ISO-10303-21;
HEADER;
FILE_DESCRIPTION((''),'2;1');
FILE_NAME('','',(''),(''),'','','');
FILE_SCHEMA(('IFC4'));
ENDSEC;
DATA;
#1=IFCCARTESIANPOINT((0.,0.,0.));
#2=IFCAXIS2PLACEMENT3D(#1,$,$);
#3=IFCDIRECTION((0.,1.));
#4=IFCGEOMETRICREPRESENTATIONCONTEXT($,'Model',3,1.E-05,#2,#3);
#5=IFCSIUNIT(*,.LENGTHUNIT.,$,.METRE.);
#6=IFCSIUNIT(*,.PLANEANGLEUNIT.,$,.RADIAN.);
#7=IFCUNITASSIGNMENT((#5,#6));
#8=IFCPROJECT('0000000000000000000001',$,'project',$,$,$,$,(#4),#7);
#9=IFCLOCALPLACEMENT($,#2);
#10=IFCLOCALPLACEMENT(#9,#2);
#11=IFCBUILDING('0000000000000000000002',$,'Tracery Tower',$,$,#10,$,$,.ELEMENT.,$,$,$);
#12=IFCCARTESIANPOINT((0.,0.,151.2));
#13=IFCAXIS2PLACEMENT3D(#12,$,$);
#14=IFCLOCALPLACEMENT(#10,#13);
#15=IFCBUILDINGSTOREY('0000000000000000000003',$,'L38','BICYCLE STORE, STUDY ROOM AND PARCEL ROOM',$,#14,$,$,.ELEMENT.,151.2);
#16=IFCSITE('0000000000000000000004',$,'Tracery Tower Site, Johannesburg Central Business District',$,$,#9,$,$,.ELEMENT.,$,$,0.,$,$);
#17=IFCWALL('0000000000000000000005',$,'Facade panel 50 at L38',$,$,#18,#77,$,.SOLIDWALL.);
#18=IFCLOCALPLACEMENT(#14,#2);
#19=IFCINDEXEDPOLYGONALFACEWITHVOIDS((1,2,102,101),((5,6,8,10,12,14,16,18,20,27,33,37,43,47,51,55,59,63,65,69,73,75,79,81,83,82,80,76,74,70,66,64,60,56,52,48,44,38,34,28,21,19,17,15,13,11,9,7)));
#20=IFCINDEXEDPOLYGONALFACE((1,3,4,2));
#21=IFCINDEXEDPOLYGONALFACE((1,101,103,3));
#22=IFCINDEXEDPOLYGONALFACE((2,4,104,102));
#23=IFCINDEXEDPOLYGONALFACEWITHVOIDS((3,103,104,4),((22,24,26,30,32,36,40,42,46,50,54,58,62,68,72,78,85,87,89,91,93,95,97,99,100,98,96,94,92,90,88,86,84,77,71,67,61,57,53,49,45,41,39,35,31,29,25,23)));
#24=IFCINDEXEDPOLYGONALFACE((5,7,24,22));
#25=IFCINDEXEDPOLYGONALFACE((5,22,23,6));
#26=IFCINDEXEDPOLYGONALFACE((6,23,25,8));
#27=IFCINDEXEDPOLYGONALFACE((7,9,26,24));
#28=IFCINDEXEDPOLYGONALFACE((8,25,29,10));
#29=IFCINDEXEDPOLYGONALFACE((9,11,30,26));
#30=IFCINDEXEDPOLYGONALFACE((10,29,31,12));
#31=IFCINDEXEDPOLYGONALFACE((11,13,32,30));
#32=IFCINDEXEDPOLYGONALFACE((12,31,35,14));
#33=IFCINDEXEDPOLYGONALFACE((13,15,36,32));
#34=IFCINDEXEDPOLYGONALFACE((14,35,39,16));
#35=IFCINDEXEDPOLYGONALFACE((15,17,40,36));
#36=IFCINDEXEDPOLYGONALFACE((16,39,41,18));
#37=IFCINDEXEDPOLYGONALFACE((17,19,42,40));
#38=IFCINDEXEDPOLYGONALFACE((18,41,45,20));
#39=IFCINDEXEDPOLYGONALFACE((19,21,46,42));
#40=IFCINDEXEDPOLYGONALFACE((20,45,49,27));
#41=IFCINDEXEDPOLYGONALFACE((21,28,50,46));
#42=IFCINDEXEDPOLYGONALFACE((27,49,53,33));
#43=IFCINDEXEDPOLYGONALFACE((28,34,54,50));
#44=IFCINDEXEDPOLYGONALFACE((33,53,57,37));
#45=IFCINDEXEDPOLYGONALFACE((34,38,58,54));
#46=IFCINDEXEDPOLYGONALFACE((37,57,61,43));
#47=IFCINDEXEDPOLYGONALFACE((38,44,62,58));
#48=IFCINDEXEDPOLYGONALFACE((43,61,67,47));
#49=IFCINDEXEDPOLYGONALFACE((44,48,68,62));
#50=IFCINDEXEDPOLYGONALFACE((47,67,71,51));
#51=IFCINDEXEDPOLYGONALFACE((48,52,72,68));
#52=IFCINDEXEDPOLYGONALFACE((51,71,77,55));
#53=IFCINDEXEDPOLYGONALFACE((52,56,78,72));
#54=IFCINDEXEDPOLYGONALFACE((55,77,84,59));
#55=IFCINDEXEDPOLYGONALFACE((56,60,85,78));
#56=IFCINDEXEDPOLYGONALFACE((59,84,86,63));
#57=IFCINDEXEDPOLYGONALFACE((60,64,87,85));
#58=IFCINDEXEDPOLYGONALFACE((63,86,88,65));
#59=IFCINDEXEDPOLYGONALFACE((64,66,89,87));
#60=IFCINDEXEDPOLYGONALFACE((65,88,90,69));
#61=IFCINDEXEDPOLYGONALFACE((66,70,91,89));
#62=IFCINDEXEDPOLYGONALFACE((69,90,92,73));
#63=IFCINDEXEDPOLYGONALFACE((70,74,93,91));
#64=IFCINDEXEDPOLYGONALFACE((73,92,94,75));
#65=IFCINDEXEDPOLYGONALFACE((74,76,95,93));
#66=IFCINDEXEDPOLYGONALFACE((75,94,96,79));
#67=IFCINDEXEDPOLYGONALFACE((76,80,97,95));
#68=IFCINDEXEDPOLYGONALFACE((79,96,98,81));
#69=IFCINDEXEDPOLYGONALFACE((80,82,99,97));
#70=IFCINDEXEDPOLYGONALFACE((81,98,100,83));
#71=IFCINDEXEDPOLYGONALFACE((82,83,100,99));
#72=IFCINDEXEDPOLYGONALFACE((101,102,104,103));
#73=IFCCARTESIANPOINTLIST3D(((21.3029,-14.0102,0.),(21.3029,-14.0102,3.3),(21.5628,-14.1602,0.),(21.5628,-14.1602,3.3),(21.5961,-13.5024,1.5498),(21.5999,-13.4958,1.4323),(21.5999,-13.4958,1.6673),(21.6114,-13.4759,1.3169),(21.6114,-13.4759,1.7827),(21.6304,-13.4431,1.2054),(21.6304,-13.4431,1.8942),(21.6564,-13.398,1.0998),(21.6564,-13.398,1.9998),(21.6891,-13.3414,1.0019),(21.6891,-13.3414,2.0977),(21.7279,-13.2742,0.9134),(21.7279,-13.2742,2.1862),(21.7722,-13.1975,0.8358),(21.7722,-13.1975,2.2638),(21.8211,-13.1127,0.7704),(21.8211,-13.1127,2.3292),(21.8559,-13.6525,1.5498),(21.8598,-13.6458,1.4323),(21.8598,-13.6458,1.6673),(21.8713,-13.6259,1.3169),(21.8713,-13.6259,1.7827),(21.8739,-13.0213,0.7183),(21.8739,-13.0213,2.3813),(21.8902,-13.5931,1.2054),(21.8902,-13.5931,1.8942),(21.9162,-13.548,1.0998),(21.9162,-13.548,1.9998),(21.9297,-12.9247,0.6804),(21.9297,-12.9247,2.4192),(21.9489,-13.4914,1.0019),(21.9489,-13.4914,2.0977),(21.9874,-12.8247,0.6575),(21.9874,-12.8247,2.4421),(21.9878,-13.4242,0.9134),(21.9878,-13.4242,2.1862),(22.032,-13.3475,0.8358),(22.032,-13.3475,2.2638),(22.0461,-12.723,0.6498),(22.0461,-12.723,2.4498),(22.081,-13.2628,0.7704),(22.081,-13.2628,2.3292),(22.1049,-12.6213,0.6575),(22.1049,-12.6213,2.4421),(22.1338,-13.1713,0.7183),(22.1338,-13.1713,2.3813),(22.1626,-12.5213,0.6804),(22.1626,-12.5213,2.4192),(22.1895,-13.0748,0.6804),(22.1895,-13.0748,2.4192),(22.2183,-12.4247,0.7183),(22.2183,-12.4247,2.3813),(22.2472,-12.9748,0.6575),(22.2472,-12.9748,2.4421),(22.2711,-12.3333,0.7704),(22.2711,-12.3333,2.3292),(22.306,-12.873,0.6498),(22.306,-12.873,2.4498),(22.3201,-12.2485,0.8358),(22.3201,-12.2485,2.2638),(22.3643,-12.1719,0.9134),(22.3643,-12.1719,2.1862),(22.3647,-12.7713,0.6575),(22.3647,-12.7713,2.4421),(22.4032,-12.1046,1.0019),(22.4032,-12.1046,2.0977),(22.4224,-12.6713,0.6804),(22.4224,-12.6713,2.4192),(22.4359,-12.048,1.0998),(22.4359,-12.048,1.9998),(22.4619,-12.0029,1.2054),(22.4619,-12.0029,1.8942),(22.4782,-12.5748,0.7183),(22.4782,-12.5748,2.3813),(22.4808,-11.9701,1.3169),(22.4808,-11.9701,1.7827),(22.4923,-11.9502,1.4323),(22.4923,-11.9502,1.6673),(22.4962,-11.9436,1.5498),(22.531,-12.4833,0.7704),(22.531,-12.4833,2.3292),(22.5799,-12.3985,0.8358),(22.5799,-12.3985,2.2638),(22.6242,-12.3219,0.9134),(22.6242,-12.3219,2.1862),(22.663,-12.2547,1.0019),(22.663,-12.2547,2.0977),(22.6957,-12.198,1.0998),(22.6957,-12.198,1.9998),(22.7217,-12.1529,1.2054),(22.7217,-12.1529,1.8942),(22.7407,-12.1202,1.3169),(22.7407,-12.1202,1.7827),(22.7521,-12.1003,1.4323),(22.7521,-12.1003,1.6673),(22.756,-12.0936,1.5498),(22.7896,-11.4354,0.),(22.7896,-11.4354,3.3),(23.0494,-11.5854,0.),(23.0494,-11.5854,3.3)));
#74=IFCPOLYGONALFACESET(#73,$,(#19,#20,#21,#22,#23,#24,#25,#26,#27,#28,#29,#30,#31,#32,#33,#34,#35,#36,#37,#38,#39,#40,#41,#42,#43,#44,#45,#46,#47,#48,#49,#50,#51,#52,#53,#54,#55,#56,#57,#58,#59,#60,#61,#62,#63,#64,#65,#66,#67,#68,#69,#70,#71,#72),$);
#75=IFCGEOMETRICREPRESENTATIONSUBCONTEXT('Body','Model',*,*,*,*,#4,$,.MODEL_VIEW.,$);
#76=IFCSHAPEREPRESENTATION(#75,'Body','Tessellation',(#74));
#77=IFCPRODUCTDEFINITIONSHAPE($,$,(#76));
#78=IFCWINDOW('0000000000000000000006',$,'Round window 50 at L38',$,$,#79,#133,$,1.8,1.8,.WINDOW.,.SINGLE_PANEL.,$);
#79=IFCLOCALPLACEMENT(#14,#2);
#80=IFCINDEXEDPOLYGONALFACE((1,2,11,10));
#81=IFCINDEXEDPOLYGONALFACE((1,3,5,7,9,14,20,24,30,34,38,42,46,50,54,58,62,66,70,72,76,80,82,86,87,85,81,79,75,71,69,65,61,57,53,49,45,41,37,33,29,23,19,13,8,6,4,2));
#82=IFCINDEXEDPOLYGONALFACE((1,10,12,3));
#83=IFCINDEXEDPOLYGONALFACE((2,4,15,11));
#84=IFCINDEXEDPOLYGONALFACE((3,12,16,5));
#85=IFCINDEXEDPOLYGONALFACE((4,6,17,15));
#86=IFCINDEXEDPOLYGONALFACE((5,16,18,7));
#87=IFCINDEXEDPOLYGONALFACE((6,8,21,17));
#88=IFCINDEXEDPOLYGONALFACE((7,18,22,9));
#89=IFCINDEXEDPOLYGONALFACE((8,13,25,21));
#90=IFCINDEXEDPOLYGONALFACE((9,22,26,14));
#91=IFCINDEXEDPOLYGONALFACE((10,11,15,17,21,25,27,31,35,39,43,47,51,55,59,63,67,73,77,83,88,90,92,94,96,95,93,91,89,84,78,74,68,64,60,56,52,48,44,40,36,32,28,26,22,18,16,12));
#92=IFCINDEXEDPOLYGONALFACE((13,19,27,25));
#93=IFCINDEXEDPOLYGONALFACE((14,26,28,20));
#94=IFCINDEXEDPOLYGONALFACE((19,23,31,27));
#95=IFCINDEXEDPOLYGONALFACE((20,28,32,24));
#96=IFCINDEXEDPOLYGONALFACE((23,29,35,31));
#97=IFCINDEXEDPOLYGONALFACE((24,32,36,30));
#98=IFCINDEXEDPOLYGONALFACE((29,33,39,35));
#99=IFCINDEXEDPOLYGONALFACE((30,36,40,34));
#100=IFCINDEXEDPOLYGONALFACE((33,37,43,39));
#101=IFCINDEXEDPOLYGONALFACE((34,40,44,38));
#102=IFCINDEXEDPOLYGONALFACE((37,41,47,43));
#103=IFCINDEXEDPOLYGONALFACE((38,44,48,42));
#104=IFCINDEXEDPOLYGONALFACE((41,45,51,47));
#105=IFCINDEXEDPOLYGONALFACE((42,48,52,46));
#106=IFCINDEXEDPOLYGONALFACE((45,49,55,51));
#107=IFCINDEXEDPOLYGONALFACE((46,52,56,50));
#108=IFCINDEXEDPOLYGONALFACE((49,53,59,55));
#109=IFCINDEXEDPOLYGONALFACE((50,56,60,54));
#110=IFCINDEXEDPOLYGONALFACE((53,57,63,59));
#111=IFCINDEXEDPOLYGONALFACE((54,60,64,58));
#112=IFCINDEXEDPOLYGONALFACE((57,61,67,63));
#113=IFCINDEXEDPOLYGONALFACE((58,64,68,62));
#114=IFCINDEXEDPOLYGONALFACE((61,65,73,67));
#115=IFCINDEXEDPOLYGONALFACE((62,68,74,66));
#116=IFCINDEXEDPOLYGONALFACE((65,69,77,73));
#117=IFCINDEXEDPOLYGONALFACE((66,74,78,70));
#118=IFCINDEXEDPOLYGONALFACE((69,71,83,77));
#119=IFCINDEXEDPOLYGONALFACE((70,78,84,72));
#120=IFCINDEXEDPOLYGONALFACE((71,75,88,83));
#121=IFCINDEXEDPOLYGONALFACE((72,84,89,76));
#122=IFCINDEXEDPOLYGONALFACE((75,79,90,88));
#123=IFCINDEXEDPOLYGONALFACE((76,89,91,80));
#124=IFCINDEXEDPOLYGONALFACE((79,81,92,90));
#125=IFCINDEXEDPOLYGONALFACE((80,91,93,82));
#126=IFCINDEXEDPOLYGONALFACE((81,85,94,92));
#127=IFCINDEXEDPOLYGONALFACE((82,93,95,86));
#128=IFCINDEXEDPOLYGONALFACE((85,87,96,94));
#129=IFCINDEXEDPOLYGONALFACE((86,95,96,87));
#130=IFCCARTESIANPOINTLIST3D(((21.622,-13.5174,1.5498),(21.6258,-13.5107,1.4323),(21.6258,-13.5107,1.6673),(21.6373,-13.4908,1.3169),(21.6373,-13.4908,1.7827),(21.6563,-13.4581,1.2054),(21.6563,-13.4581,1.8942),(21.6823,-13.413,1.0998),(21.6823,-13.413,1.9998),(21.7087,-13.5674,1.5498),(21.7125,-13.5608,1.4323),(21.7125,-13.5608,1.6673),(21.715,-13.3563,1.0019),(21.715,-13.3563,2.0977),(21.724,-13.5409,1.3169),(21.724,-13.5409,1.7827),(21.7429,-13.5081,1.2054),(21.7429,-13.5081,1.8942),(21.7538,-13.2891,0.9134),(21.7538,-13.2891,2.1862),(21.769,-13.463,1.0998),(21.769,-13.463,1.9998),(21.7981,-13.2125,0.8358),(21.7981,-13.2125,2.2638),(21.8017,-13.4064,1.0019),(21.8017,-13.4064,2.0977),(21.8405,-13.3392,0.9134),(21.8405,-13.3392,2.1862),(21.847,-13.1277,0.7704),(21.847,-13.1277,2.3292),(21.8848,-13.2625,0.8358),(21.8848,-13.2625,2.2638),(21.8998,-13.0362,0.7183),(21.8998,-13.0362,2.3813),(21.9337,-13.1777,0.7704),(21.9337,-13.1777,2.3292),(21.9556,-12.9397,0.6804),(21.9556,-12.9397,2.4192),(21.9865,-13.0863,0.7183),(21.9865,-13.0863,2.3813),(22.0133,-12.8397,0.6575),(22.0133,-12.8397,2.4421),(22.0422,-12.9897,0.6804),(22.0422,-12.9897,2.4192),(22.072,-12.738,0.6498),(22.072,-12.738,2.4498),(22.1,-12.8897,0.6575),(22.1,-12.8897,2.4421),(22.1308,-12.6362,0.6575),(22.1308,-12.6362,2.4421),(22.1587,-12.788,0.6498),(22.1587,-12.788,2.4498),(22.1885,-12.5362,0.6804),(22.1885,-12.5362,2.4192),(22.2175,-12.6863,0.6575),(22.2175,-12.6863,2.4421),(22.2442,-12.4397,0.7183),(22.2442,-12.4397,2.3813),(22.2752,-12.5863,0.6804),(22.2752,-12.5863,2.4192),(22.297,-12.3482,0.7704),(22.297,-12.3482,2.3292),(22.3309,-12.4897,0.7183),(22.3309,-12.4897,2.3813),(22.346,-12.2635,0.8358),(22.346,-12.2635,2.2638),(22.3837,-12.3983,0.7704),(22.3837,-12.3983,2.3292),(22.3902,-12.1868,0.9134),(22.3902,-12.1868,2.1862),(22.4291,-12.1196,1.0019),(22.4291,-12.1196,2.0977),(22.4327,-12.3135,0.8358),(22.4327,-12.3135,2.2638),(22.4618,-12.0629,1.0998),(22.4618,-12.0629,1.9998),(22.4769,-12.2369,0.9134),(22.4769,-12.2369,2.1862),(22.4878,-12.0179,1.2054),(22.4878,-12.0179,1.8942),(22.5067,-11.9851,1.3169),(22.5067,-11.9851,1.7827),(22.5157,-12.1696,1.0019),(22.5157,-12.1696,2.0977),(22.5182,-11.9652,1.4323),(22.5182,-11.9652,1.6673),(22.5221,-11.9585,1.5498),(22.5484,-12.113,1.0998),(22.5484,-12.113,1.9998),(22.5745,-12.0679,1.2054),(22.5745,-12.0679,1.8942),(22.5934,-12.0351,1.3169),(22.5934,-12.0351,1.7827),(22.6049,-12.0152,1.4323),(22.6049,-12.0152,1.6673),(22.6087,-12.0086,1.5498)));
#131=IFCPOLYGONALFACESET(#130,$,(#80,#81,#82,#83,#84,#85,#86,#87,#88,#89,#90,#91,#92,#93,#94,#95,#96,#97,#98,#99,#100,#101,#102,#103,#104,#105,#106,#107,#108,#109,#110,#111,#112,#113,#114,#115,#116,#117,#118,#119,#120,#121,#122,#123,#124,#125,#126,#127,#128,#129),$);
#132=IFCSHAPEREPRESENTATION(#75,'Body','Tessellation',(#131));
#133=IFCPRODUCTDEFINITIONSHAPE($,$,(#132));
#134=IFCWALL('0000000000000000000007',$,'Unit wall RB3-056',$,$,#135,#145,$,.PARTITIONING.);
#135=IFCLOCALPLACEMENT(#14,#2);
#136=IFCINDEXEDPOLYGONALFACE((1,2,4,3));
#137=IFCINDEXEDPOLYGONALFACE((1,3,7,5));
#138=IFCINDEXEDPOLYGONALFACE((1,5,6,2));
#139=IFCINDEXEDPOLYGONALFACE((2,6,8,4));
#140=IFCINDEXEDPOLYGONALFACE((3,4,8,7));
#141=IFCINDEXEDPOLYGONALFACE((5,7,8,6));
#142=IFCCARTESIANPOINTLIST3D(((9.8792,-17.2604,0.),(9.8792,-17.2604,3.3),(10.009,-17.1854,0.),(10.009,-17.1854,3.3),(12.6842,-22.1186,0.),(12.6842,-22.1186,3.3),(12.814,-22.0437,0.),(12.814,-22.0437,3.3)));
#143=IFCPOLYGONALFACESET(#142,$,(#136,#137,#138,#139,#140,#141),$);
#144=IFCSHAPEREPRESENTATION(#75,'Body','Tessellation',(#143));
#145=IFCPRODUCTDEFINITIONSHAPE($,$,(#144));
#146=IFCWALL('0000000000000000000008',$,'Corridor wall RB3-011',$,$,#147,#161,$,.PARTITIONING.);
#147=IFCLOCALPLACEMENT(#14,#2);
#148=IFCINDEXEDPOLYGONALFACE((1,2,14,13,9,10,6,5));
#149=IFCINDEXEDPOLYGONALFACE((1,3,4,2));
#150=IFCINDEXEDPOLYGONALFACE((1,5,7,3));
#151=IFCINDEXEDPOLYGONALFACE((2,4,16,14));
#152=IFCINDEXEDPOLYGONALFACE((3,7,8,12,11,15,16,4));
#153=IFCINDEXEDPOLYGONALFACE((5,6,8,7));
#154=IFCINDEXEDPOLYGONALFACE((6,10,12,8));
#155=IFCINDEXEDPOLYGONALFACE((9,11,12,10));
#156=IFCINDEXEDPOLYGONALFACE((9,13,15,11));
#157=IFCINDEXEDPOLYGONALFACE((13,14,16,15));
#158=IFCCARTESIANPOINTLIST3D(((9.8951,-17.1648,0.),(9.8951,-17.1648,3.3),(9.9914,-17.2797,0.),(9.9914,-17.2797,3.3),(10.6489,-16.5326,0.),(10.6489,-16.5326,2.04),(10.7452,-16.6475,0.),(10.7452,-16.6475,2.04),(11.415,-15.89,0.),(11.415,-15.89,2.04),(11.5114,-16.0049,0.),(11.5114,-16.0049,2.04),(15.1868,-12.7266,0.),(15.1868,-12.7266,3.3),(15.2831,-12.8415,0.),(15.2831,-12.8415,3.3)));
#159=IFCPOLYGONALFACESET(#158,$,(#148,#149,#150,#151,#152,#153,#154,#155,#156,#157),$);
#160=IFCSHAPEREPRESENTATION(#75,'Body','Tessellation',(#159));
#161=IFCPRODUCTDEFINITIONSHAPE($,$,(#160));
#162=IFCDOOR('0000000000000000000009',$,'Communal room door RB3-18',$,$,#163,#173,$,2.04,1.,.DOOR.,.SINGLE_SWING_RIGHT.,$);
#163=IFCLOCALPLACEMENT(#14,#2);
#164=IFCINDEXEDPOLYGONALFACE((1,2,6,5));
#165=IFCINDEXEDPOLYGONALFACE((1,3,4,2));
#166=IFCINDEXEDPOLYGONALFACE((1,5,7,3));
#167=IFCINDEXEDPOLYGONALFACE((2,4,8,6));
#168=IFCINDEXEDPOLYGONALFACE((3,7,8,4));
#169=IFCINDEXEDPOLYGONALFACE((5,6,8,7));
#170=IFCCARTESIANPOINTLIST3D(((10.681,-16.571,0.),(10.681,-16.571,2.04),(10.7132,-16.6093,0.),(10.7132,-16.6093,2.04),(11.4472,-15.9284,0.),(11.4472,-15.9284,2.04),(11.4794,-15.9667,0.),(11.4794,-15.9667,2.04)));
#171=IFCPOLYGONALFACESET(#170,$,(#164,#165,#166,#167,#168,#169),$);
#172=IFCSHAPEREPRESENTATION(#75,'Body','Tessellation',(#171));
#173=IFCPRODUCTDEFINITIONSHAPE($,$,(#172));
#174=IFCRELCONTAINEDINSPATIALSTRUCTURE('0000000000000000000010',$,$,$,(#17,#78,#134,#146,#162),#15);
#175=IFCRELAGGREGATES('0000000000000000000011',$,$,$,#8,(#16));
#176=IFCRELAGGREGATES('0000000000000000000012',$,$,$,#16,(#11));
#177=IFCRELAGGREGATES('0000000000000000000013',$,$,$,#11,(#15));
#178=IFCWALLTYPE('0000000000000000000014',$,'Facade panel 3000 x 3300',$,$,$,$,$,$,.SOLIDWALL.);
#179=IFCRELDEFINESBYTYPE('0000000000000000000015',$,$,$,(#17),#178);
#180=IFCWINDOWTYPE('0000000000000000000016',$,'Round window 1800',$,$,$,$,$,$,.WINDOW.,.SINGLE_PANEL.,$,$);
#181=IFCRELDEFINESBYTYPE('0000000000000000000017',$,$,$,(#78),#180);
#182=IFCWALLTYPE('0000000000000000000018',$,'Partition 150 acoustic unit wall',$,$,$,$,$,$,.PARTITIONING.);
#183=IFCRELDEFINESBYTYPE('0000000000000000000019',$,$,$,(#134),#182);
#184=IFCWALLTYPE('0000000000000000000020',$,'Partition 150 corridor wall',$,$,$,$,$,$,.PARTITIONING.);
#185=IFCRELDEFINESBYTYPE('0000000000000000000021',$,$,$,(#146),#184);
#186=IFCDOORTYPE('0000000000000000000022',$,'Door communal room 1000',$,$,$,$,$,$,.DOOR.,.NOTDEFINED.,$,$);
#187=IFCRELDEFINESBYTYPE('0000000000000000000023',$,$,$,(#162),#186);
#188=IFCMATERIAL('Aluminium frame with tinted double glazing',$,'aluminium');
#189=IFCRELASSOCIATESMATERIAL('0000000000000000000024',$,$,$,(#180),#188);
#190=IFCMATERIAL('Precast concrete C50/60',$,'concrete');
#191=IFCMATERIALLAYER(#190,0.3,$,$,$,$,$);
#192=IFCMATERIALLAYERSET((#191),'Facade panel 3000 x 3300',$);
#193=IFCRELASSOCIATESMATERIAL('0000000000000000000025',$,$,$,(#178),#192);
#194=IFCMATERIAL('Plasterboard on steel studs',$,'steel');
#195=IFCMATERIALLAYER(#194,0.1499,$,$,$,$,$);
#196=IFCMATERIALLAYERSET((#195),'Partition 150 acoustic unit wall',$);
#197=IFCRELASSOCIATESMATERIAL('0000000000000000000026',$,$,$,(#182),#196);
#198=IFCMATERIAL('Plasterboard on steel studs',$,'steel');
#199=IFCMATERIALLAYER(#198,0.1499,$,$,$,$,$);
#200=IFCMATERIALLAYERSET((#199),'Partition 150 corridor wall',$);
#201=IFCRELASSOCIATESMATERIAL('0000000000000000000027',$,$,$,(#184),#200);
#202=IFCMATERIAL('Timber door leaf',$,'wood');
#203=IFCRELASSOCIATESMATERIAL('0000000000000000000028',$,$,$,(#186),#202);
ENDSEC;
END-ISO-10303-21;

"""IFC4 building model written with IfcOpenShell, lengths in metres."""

from ifc_helpers import new_model, si_unit, direction, frame, frame_2d, origin, origin_2d, place, context, subcontext, project, spatial, rectangle, circle, extrude, material, layer, layer_set, type_object, element, fill, save


model = new_model("IFC4")

# Units and contexts
model_context = context("Model", 3, precision=1e-05, world=origin(), true_north=direction((0.0, 1.0)))
body_context = subcontext(model_context, "Body", "Model", "MODEL_VIEW")
ifc_project = project(units=[si_unit("LENGTHUNIT", "METRE"), si_unit("PLANEANGLEUNIT", "RADIAN")], contexts=[model_context])

# Site, building, storey
site_placement = place(None, origin())
site = spatial("IfcSite", under=ifc_project, at=site_placement, Name="Tracery Tower Site, Johannesburg Central Business District", CompositionType="ELEMENT", RefElevation=0.0)
building_placement = place(site_placement, origin())
building = spatial("IfcBuilding", under=site, at=building_placement, Name="Tracery Tower", CompositionType="ELEMENT")
storey_placement = place(building_placement, frame((0.0, 0.0, 151.2)))
storey = spatial("IfcBuildingStorey", under=building, at=storey_placement, Name="L38", Description="BICYCLE STORE, STUDY ROOM AND PARCEL ROOM", CompositionType="ELEMENT", Elevation=151.2)

# Wall, opening, window
ifc_material_1 = material(Name="Aluminium frame with tinted double glazing", Category="aluminium")
window_type = type_object("IfcWindowType", Name="Round window 1800", PartitioningType="SINGLE_PANEL", PredefinedType="WINDOW", material=ifc_material_1)
ifc_material_2 = material(Name="Precast concrete C50/60", Category="concrete")
ifc_layer_1 = layer(ifc_material_2, 0.3)
ifc_layer_set_1 = layer_set([ifc_layer_1], Name="Facade panel 3000 x 3300")
wall_type_1 = type_object("IfcWallType", Name="Facade panel 3000 x 3300", PredefinedType="SOLIDWALL", material=ifc_layer_set_1)
wall_1_placement = place(storey_placement, frame((21.4329, -14.0852, 0.0), z_axis=(0.0, 0.0, 1.0), x_axis=(0.500016, 0.866016, 0.0)))
wall_1 = element("IfcWall", 1, at=wall_1_placement, inside=storey, type_object=wall_type_1, Name="Facade panel 50 at L38", PredefinedType="SOLIDWALL", context=body_context, shape_type="SweptSolid", body=[
    extrude(rectangle(XDim=2.9731, YDim=0.3, at=frame_2d((1.4866, 0.0))), origin(), (0.0, 0.0, 1.0), 3.3),
])
opening_1_placement = place(wall_1_placement, frame((1.4863, 0.0, 1.5498)))
opening_1 = element("IfcOpeningElement", 2, at=opening_1_placement, cuts=wall_1, PredefinedType="OPENING", context=body_context, shape_type="SweptSolid", body=[
    extrude(circle(Radius=0.9, at=origin_2d()), frame((0.0, 0.1599, 0.0), z_axis=(0.0, -1.0, 0.0), x_axis=(1.0, 0.0, 0.0)), (0.0, 0.0, 1.0), 0.3201),
])
window_1_placement = place(opening_1_placement, origin())
window_1 = element("IfcWindow", 3, at=window_1_placement, inside=storey, type_object=window_type, Name="Round window 50 at L38", OverallHeight=1.8, OverallWidth=1.8, PartitioningType="SINGLE_PANEL", PredefinedType="WINDOW", context=body_context, shape_type="SweptSolid", body=[
    extrude(circle(Radius=0.9, at=origin_2d()), frame((0.0, 0.1201, 0.0), z_axis=(0.0, -1.0, 0.0), x_axis=(1.0, 0.0, 0.0)), (0.0, 0.0, 1.0), 0.1001),
])
fill(opening_1, window_1)

# Wall
ifc_material_3 = material(Name="Plasterboard on steel studs", Category="steel")
ifc_layer_2 = layer(ifc_material_3, 0.1499)
ifc_layer_set_2 = layer_set([ifc_layer_2], Name="Partition 150 acoustic unit wall")
wall_type_2 = type_object("IfcWallType", Name="Partition 150 acoustic unit wall", PredefinedType="PARTITIONING", material=ifc_layer_set_2)
wall_2_placement = place(storey_placement, frame((9.9441, -17.2229, 0.0), z_axis=(0.0, 0.0, 1.0), x_axis=(0.50001, -0.86602, 0.0)))
element("IfcWall", 4, at=wall_2_placement, inside=storey, type_object=wall_type_2, Name="Unit wall RB3-056", PredefinedType="PARTITIONING", context=body_context, shape_type="SweptSolid", body=[
    extrude(rectangle(XDim=5.6099, YDim=0.1499, at=frame_2d((2.8049, 0.0))), origin(), (0.0, 0.0, 1.0), 3.3),
])

# Wall, opening, door
ifc_material_4 = material(Name="Plasterboard on steel studs", Category="steel")
ifc_layer_3 = layer(ifc_material_4, 0.1499)
ifc_layer_set_3 = layer_set([ifc_layer_3], Name="Partition 150 corridor wall")
wall_type_3 = type_object("IfcWallType", Name="Partition 150 corridor wall", PredefinedType="PARTITIONING", material=ifc_layer_set_3)
wall_3_placement = place(storey_placement, frame((9.9434, -17.2222, 0.0), z_axis=(0.0, 0.0, 1.0), x_axis=(0.766192, 0.642612, 0.0)))
wall_3 = element("IfcWall", 5, at=wall_3_placement, inside=storey, type_object=wall_type_3, Name="Corridor wall RB3-011", PredefinedType="PARTITIONING", context=body_context, shape_type="SweptSolid", body=[
    extrude(rectangle(XDim=6.9065, YDim=0.1499, at=frame_2d((3.4531, 0.0))), origin(), (0.0, 0.0, 1.0), 3.3),
])
opening_2_placement = place(wall_3_placement, frame((0.9836, 0.0, 0.0)))
opening_2 = element("IfcOpeningElement", 6, at=opening_2_placement, cuts=wall_3, PredefinedType="OPENING", context=body_context, shape_type="SweptSolid", body=[
    extrude(rectangle(XDim=1.0, YDim=2.04, at=frame_2d((0.5, 1.02))), frame((0.0, 0.075, 0.0), z_axis=(0.0, -1.0, 0.0), x_axis=(1.0, 0.0, 0.0)), (0.0, 0.0, 1.0), 0.1499),
])
ifc_material_5 = material(Name="Timber door leaf", Category="wood")
door_type = type_object("IfcDoorType", Name="Door communal room 1000", OperationType="NOTDEFINED", PredefinedType="DOOR", material=ifc_material_5)
door_placement = place(opening_2_placement, origin())
door = element("IfcDoor", 7, at=door_placement, inside=storey, type_object=door_type, Name="Communal room door RB3-18", OperationType="SINGLE_SWING_RIGHT", OverallHeight=2.04, OverallWidth=1.0, PredefinedType="DOOR", context=body_context, shape_type="SweptSolid", body=[
    extrude(rectangle(XDim=1.0, YDim=2.04, at=frame_2d((0.5, 1.02))), frame((0.0, 0.0249, 0.0), z_axis=(0.0, -1.0, 0.0), x_axis=(1.0, 0.0, 0.0)), (0.0, 0.0, 1.0), 0.05),
])
fill(opening_2, door)

save(model, "model.ifc")
